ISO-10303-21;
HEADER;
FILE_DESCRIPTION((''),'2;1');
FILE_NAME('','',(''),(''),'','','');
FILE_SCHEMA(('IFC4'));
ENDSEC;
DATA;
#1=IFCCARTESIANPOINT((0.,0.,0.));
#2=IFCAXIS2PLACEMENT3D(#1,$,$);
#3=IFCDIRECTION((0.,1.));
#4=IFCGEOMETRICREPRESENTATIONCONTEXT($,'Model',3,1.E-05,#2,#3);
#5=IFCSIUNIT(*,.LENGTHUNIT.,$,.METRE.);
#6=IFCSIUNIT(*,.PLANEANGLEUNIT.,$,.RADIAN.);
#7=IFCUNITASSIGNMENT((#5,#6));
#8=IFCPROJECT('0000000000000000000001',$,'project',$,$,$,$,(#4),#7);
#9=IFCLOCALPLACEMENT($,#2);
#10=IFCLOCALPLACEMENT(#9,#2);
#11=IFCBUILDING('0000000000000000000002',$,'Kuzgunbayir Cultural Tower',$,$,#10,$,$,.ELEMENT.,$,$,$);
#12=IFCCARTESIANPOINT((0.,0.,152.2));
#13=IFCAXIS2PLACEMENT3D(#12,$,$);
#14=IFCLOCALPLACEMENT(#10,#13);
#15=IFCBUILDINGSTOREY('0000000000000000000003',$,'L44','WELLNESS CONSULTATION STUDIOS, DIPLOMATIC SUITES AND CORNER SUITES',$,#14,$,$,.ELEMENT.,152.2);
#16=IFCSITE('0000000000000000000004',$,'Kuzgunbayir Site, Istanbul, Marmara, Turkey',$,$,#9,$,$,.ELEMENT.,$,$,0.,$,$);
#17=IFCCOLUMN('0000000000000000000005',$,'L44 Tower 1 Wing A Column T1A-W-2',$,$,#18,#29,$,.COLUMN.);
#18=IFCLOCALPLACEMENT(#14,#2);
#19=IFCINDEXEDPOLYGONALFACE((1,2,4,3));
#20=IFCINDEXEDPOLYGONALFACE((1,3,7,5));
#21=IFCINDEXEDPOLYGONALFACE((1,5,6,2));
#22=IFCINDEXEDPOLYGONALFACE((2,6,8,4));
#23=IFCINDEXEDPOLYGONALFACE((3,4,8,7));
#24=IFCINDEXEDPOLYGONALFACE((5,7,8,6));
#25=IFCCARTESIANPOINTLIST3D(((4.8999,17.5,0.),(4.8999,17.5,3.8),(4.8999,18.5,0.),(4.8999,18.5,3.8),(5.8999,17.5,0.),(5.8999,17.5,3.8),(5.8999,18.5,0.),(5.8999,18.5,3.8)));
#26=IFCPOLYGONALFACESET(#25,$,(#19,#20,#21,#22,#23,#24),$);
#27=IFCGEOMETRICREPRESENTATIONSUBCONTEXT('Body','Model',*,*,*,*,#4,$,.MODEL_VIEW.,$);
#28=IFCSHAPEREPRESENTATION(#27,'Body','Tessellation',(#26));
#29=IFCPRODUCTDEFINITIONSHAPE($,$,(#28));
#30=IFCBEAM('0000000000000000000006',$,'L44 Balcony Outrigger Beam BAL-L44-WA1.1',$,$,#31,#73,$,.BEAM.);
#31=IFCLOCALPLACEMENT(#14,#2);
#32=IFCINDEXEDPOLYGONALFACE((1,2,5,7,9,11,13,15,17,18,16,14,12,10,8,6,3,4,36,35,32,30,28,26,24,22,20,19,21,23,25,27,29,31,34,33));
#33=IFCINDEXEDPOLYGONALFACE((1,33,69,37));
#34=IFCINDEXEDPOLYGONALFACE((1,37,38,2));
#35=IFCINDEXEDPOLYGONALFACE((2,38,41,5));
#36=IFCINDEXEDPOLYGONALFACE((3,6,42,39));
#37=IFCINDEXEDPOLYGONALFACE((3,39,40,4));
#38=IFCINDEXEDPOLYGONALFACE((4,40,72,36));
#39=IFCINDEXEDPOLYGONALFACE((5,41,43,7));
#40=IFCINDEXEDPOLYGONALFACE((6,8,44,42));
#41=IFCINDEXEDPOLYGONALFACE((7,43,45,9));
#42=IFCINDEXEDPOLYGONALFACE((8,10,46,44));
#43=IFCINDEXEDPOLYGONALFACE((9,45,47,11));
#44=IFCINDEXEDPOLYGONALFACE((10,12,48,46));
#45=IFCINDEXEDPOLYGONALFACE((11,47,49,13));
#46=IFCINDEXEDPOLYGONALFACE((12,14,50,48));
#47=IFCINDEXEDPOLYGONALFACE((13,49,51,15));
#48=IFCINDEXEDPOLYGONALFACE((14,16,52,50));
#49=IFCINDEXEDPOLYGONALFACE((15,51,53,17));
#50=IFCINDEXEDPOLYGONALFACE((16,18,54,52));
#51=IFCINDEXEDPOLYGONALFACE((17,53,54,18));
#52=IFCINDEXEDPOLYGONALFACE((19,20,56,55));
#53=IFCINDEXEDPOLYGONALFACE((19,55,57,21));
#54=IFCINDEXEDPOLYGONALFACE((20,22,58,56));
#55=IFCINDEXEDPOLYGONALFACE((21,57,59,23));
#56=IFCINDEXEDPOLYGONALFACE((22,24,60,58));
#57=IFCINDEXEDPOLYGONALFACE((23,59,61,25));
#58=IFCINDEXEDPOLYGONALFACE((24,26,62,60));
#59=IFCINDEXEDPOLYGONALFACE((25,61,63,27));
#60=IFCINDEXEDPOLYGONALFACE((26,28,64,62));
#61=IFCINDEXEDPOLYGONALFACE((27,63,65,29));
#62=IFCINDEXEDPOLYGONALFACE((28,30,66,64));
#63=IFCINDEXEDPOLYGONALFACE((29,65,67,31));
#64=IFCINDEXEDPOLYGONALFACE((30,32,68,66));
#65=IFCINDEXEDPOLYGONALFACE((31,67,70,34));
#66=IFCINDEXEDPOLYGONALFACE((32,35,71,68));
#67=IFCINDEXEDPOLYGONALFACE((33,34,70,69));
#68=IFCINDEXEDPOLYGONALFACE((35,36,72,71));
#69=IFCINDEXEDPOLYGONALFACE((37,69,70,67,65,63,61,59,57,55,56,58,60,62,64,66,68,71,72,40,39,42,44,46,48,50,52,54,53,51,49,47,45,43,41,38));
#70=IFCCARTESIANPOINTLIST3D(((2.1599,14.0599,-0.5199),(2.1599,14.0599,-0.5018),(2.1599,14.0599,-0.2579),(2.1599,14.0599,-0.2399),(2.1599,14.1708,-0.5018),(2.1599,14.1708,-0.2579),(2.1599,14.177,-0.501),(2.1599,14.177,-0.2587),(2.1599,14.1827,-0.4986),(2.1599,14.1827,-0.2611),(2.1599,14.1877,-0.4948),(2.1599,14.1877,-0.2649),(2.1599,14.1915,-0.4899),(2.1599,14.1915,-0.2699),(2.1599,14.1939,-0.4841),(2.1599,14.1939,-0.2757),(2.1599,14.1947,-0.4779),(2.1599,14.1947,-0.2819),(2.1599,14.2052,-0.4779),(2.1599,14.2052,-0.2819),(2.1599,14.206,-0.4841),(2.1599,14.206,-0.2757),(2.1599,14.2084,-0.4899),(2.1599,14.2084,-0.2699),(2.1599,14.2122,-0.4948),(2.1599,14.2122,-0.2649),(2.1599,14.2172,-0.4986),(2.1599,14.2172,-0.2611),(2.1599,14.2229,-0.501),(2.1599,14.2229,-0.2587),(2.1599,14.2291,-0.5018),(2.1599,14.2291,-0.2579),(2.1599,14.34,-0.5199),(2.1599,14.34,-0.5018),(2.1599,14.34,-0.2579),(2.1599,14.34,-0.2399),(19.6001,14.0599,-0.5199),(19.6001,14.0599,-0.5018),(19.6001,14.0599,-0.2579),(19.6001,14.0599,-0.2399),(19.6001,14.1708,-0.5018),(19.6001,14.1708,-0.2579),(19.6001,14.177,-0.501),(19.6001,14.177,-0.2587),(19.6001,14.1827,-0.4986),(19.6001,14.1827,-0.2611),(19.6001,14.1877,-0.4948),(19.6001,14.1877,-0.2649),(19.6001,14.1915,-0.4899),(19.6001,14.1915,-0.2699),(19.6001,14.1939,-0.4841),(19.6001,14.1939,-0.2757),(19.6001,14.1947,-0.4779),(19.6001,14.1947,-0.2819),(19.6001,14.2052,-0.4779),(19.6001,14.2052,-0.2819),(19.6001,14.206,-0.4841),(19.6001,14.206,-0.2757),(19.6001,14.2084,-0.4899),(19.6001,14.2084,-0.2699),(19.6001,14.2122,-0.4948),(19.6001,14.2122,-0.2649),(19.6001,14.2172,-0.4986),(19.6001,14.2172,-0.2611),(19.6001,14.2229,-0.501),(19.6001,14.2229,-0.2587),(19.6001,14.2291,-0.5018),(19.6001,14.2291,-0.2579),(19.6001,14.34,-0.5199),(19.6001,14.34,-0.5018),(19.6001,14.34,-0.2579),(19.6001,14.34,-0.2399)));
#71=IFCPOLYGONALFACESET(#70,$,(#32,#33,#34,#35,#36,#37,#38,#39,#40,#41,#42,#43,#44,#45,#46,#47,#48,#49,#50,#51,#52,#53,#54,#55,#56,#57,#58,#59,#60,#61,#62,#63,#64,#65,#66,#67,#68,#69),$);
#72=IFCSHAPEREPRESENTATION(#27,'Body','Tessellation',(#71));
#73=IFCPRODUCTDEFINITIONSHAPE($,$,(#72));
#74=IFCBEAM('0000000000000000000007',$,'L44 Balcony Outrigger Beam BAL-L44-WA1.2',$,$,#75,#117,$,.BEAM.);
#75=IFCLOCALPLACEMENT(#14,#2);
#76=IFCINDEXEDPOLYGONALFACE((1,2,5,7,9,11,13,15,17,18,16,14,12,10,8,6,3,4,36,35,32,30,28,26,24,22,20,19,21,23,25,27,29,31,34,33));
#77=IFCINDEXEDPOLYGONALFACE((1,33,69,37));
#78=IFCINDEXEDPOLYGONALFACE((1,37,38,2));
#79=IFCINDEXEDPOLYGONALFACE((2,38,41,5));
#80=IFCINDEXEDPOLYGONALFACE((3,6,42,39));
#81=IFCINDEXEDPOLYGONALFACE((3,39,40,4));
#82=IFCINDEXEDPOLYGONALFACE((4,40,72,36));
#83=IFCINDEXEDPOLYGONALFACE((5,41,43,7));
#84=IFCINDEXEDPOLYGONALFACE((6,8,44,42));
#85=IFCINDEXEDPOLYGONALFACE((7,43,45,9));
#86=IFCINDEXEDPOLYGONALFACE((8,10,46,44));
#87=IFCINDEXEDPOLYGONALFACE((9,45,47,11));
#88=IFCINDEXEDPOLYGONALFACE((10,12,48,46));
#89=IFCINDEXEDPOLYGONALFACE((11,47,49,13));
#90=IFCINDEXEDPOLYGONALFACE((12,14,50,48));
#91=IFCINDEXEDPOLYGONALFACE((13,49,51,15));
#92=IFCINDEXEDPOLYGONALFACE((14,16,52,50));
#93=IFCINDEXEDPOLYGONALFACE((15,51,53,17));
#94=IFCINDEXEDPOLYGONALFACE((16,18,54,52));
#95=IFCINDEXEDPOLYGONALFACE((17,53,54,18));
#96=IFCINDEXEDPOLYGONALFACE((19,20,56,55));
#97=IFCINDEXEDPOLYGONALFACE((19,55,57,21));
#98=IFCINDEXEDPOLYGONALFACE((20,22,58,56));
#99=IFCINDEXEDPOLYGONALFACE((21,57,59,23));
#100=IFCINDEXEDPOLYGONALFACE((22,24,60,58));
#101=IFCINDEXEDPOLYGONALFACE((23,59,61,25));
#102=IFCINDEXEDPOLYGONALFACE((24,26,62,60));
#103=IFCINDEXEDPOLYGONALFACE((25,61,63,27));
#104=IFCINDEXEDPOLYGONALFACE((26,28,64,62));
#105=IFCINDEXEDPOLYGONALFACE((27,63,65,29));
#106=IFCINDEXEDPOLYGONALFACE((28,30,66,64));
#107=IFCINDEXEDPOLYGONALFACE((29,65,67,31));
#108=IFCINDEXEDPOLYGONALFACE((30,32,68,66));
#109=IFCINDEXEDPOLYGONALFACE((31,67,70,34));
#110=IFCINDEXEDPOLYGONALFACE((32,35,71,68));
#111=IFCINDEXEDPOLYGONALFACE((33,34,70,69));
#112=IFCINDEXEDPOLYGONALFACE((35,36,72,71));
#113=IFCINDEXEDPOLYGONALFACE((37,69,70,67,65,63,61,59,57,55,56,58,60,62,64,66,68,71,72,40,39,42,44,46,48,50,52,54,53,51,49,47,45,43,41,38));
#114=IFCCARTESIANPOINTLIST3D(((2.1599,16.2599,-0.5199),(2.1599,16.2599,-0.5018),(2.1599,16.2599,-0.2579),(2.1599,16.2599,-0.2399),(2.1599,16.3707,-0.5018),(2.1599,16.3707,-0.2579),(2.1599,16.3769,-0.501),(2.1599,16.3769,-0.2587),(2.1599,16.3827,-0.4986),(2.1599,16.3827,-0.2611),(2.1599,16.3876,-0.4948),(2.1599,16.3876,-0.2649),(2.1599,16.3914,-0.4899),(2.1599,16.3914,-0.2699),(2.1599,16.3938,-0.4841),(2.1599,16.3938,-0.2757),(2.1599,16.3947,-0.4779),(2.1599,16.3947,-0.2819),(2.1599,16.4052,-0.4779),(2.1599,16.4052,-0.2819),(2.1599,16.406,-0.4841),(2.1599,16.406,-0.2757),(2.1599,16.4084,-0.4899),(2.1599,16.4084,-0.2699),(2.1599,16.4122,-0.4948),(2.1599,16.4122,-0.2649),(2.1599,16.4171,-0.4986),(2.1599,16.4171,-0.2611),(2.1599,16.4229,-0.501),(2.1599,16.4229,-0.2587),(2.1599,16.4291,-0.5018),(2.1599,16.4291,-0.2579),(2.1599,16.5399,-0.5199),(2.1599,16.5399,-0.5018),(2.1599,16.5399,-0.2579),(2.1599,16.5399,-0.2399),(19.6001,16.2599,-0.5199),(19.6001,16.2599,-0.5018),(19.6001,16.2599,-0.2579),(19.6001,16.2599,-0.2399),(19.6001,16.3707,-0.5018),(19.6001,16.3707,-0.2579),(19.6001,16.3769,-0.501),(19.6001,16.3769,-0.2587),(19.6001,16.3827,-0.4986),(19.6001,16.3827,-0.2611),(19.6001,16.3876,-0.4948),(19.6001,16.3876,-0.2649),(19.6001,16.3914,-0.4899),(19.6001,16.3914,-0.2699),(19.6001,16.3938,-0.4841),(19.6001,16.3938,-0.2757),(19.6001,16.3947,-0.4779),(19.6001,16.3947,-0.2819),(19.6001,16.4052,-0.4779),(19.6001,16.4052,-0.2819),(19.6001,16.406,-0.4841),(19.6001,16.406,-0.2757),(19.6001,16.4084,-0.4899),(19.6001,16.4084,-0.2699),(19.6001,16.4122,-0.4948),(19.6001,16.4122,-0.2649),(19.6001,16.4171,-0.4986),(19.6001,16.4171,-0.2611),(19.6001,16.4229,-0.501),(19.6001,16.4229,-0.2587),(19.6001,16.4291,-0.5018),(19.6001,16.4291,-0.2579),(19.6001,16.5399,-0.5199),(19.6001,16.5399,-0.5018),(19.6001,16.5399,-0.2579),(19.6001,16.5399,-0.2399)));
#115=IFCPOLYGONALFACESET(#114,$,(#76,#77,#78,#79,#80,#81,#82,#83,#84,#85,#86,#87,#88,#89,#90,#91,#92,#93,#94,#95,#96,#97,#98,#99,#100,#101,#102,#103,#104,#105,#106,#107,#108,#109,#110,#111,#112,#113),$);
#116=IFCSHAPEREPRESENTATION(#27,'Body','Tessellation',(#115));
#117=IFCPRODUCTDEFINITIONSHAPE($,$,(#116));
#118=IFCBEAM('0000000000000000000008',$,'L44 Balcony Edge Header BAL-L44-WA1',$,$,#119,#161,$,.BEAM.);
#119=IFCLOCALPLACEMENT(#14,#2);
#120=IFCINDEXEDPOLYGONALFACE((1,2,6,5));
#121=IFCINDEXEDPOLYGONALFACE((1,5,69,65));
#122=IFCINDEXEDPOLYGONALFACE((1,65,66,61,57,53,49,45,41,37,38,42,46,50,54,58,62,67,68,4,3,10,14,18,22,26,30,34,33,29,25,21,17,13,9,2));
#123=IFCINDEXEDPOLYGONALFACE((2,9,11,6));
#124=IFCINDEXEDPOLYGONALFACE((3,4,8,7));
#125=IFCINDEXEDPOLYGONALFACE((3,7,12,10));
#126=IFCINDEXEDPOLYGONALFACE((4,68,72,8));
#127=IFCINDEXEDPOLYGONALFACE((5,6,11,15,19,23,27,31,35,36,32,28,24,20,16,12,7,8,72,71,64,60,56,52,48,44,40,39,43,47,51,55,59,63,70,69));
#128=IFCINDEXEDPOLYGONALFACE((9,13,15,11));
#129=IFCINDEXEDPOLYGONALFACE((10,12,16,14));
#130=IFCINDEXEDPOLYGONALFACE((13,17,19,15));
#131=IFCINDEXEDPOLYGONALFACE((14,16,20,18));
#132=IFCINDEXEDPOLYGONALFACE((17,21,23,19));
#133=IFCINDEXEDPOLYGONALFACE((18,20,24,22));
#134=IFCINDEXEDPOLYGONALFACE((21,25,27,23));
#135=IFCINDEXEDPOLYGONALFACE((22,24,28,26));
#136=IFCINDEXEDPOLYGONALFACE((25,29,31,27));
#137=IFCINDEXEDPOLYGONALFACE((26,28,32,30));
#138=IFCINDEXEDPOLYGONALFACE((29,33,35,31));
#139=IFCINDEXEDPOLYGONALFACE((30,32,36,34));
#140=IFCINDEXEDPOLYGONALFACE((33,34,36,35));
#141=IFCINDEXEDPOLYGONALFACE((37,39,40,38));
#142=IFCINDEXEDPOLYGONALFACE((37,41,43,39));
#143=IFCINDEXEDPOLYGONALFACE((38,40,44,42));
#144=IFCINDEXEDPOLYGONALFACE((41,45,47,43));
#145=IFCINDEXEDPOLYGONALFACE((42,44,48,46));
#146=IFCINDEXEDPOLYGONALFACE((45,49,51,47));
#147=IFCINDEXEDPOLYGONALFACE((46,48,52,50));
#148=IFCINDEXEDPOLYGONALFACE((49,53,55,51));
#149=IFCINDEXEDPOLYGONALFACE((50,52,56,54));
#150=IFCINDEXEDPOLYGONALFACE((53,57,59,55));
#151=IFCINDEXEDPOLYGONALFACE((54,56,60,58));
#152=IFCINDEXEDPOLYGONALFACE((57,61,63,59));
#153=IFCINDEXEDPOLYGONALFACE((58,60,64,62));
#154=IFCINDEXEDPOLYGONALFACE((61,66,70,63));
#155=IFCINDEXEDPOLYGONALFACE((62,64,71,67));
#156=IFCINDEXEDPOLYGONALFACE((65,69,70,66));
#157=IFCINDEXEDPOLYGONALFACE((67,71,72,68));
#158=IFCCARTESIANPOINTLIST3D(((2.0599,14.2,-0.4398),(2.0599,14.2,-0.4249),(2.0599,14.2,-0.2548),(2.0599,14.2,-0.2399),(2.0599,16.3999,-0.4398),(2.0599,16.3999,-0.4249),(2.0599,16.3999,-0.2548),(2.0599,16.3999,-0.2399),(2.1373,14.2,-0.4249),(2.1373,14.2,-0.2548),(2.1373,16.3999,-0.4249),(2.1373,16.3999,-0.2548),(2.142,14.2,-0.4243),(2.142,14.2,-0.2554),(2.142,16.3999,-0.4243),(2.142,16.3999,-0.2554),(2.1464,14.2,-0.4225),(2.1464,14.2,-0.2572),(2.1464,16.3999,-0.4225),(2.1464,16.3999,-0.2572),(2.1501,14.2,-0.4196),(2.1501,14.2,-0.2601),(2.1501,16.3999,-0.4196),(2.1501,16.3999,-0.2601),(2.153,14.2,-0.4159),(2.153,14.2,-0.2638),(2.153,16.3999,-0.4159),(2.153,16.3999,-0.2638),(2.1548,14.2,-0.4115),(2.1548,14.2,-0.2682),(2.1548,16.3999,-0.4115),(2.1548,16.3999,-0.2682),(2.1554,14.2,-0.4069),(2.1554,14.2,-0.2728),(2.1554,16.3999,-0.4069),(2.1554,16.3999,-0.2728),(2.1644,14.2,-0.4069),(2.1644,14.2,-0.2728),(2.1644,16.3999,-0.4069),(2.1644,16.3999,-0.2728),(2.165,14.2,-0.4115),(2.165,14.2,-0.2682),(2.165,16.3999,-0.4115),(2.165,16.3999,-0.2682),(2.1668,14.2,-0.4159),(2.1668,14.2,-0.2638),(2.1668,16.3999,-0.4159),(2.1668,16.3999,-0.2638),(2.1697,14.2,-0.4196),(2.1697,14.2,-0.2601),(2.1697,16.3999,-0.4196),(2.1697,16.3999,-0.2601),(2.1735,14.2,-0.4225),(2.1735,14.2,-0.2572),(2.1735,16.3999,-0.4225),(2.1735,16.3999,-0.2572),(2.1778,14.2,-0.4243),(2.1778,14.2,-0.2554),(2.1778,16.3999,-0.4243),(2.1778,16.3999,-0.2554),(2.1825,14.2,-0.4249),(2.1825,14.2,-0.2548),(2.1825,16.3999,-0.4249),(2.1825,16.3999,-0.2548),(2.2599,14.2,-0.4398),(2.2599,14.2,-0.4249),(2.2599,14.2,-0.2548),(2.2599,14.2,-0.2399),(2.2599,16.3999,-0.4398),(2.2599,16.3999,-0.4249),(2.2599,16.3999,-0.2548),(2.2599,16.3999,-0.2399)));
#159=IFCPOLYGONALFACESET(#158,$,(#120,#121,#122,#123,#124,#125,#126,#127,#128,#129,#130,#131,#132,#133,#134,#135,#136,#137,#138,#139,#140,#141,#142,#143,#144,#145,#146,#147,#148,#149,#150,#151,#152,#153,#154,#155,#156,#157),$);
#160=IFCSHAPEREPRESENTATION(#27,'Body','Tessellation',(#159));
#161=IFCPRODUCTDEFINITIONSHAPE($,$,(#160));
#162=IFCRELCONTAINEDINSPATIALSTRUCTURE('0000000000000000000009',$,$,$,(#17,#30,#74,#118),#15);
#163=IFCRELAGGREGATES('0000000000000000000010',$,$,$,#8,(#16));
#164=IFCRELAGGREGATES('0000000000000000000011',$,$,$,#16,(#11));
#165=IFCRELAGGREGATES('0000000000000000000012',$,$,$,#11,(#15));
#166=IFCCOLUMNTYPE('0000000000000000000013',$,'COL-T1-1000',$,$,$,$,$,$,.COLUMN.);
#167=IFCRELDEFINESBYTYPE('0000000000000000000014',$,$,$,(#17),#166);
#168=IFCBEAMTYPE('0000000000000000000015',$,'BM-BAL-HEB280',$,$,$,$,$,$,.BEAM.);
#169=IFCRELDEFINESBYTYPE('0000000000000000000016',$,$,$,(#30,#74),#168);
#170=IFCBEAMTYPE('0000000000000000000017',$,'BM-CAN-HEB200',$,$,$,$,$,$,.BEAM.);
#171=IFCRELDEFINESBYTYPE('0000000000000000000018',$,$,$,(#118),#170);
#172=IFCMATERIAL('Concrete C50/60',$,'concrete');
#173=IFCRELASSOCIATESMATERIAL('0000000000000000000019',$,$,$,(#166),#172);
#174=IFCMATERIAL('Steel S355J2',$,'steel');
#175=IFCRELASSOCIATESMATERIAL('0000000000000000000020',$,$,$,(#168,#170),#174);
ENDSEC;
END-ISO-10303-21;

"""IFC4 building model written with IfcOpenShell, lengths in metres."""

from ifc_helpers import new_model, si_unit, direction, frame, origin, origin_2d, place, context, subcontext, project, spatial, rectangle, i_section, extrude, material, material_profile, profile_set, type_object, element, save


model = new_model("IFC4")

# Units and contexts
model_context = context("Model", 3, precision=1e-05, world=origin(), true_north=direction((0.0, 1.0)))
body_context = subcontext(model_context, "Body", "Model", "MODEL_VIEW")
ifc_project = project(units=[si_unit("LENGTHUNIT", "METRE"), si_unit("PLANEANGLEUNIT", "RADIAN")], contexts=[model_context])

# Site, building, storey
site_placement = place(None, origin())
site = spatial("IfcSite", under=ifc_project, at=site_placement, Name="Kuzgunbayir Site, Istanbul, Marmara, Turkey", CompositionType="ELEMENT", RefElevation=0.0)
building_placement = place(site_placement, origin())
building = spatial("IfcBuilding", under=site, at=building_placement, Name="Kuzgunbayir Cultural Tower", CompositionType="ELEMENT")
storey_placement = place(building_placement, frame((0.0, 0.0, 152.2)))
storey = spatial("IfcBuildingStorey", under=building, at=storey_placement, Name="L44", Description="WELLNESS CONSULTATION STUDIOS, DIPLOMATIC SUITES AND CORNER SUITES", CompositionType="ELEMENT", Elevation=152.2)

# Column
ifc_material_1 = material(Name="Concrete C50/60", Category="concrete")
ifc_material_profile_1 = material_profile(ifc_material_1, rectangle(XDim=1.0, YDim=1.0, at=origin_2d()), Name="RC 1000x1000")
ifc_profile_set_1 = profile_set([ifc_material_profile_1], Name="Concrete C50/60")
column_type = type_object("IfcColumnType", Name="COL-T1-1000", PredefinedType="COLUMN", material=ifc_profile_set_1)
column_placement = place(storey_placement, frame((5.3999, 18.0, 0.0), z_axis=(0.0, 0.0, 1.0), x_axis=(1.0, 0.0, 0.0)))
element("IfcColumn", 1, at=column_placement, inside=storey, type_object=column_type, Name="L44 Tower 1 Wing A Column T1A-W-2", PredefinedType="COLUMN", context=body_context, shape_type="SweptSolid", body=[
    extrude(rectangle(XDim=1.0, YDim=1.0, at=origin_2d()), origin(), (0.0, 0.0, 1.0), 3.8),
])

# Beams
ifc_material_2 = material(Name="Steel S355J2", Category="steel")
ifc_material_profile_2 = material_profile(ifc_material_2, i_section(OverallWidth=0.28, OverallDepth=0.28, WebThickness=0.0105, FlangeThickness=0.0181, FilletRadius=0.0239, at=origin_2d()), Name="HEB 280")
ifc_profile_set_2 = profile_set([ifc_material_profile_2], Name="Steel S355J2")
beam_type_1 = type_object("IfcBeamType", Name="BM-BAL-HEB280", PredefinedType="BEAM", material=ifc_profile_set_2)
for number, where, z_axis, x_axis, name in (
    (2, (2.1599, 14.2, -0.3799), (1.0, 0.0, 0.0), (0.0, 1.0, 0.0), "L44 Balcony Outrigger Beam BAL-L44-WA1.1"),
    (3, (2.1599, 16.3999, -0.3799), (1.0, 0.0, 0.0), (0.0, 1.0, 0.0), "L44 Balcony Outrigger Beam BAL-L44-WA1.2"),
):
    element("IfcBeam", number, at=place(storey_placement, frame(where, z_axis=z_axis, x_axis=x_axis)), inside=storey, type_object=beam_type_1, Name=name, PredefinedType="BEAM", context=body_context, shape_type="SweptSolid", body=[
        extrude(i_section(OverallWidth=0.28, OverallDepth=0.28, WebThickness=0.0105, FlangeThickness=0.0181, FilletRadius=0.0239, at=origin_2d()), origin(), (0.0, 0.0, 1.0), 17.4402),
    ])
ifc_material_profile_3 = material_profile(ifc_material_2, i_section(OverallWidth=0.2, OverallDepth=0.2, WebThickness=0.009, FlangeThickness=0.0149, FilletRadius=0.0181, at=origin_2d()), Name="HEB 200")
ifc_profile_set_3 = profile_set([ifc_material_profile_3], Name="Steel S355J2")
beam_type_2 = type_object("IfcBeamType", Name="BM-CAN-HEB200", PredefinedType="BEAM", material=ifc_profile_set_3)
beam_1_placement = place(storey_placement, frame((2.1599, 14.2, -0.3398), z_axis=(0.0, 1.0, 0.0), x_axis=(-1.0, 0.0, 0.0)))
element("IfcBeam", 4, at=beam_1_placement, inside=storey, type_object=beam_type_2, Name="L44 Balcony Edge Header BAL-L44-WA1", PredefinedType="BEAM", context=body_context, shape_type="SweptSolid", body=[
    extrude(i_section(OverallWidth=0.2, OverallDepth=0.2, WebThickness=0.009, FlangeThickness=0.0149, FilletRadius=0.0181, at=origin_2d()), origin(), (0.0, 0.0, 1.0), 2.2),
])

save(model, "model.ifc")
